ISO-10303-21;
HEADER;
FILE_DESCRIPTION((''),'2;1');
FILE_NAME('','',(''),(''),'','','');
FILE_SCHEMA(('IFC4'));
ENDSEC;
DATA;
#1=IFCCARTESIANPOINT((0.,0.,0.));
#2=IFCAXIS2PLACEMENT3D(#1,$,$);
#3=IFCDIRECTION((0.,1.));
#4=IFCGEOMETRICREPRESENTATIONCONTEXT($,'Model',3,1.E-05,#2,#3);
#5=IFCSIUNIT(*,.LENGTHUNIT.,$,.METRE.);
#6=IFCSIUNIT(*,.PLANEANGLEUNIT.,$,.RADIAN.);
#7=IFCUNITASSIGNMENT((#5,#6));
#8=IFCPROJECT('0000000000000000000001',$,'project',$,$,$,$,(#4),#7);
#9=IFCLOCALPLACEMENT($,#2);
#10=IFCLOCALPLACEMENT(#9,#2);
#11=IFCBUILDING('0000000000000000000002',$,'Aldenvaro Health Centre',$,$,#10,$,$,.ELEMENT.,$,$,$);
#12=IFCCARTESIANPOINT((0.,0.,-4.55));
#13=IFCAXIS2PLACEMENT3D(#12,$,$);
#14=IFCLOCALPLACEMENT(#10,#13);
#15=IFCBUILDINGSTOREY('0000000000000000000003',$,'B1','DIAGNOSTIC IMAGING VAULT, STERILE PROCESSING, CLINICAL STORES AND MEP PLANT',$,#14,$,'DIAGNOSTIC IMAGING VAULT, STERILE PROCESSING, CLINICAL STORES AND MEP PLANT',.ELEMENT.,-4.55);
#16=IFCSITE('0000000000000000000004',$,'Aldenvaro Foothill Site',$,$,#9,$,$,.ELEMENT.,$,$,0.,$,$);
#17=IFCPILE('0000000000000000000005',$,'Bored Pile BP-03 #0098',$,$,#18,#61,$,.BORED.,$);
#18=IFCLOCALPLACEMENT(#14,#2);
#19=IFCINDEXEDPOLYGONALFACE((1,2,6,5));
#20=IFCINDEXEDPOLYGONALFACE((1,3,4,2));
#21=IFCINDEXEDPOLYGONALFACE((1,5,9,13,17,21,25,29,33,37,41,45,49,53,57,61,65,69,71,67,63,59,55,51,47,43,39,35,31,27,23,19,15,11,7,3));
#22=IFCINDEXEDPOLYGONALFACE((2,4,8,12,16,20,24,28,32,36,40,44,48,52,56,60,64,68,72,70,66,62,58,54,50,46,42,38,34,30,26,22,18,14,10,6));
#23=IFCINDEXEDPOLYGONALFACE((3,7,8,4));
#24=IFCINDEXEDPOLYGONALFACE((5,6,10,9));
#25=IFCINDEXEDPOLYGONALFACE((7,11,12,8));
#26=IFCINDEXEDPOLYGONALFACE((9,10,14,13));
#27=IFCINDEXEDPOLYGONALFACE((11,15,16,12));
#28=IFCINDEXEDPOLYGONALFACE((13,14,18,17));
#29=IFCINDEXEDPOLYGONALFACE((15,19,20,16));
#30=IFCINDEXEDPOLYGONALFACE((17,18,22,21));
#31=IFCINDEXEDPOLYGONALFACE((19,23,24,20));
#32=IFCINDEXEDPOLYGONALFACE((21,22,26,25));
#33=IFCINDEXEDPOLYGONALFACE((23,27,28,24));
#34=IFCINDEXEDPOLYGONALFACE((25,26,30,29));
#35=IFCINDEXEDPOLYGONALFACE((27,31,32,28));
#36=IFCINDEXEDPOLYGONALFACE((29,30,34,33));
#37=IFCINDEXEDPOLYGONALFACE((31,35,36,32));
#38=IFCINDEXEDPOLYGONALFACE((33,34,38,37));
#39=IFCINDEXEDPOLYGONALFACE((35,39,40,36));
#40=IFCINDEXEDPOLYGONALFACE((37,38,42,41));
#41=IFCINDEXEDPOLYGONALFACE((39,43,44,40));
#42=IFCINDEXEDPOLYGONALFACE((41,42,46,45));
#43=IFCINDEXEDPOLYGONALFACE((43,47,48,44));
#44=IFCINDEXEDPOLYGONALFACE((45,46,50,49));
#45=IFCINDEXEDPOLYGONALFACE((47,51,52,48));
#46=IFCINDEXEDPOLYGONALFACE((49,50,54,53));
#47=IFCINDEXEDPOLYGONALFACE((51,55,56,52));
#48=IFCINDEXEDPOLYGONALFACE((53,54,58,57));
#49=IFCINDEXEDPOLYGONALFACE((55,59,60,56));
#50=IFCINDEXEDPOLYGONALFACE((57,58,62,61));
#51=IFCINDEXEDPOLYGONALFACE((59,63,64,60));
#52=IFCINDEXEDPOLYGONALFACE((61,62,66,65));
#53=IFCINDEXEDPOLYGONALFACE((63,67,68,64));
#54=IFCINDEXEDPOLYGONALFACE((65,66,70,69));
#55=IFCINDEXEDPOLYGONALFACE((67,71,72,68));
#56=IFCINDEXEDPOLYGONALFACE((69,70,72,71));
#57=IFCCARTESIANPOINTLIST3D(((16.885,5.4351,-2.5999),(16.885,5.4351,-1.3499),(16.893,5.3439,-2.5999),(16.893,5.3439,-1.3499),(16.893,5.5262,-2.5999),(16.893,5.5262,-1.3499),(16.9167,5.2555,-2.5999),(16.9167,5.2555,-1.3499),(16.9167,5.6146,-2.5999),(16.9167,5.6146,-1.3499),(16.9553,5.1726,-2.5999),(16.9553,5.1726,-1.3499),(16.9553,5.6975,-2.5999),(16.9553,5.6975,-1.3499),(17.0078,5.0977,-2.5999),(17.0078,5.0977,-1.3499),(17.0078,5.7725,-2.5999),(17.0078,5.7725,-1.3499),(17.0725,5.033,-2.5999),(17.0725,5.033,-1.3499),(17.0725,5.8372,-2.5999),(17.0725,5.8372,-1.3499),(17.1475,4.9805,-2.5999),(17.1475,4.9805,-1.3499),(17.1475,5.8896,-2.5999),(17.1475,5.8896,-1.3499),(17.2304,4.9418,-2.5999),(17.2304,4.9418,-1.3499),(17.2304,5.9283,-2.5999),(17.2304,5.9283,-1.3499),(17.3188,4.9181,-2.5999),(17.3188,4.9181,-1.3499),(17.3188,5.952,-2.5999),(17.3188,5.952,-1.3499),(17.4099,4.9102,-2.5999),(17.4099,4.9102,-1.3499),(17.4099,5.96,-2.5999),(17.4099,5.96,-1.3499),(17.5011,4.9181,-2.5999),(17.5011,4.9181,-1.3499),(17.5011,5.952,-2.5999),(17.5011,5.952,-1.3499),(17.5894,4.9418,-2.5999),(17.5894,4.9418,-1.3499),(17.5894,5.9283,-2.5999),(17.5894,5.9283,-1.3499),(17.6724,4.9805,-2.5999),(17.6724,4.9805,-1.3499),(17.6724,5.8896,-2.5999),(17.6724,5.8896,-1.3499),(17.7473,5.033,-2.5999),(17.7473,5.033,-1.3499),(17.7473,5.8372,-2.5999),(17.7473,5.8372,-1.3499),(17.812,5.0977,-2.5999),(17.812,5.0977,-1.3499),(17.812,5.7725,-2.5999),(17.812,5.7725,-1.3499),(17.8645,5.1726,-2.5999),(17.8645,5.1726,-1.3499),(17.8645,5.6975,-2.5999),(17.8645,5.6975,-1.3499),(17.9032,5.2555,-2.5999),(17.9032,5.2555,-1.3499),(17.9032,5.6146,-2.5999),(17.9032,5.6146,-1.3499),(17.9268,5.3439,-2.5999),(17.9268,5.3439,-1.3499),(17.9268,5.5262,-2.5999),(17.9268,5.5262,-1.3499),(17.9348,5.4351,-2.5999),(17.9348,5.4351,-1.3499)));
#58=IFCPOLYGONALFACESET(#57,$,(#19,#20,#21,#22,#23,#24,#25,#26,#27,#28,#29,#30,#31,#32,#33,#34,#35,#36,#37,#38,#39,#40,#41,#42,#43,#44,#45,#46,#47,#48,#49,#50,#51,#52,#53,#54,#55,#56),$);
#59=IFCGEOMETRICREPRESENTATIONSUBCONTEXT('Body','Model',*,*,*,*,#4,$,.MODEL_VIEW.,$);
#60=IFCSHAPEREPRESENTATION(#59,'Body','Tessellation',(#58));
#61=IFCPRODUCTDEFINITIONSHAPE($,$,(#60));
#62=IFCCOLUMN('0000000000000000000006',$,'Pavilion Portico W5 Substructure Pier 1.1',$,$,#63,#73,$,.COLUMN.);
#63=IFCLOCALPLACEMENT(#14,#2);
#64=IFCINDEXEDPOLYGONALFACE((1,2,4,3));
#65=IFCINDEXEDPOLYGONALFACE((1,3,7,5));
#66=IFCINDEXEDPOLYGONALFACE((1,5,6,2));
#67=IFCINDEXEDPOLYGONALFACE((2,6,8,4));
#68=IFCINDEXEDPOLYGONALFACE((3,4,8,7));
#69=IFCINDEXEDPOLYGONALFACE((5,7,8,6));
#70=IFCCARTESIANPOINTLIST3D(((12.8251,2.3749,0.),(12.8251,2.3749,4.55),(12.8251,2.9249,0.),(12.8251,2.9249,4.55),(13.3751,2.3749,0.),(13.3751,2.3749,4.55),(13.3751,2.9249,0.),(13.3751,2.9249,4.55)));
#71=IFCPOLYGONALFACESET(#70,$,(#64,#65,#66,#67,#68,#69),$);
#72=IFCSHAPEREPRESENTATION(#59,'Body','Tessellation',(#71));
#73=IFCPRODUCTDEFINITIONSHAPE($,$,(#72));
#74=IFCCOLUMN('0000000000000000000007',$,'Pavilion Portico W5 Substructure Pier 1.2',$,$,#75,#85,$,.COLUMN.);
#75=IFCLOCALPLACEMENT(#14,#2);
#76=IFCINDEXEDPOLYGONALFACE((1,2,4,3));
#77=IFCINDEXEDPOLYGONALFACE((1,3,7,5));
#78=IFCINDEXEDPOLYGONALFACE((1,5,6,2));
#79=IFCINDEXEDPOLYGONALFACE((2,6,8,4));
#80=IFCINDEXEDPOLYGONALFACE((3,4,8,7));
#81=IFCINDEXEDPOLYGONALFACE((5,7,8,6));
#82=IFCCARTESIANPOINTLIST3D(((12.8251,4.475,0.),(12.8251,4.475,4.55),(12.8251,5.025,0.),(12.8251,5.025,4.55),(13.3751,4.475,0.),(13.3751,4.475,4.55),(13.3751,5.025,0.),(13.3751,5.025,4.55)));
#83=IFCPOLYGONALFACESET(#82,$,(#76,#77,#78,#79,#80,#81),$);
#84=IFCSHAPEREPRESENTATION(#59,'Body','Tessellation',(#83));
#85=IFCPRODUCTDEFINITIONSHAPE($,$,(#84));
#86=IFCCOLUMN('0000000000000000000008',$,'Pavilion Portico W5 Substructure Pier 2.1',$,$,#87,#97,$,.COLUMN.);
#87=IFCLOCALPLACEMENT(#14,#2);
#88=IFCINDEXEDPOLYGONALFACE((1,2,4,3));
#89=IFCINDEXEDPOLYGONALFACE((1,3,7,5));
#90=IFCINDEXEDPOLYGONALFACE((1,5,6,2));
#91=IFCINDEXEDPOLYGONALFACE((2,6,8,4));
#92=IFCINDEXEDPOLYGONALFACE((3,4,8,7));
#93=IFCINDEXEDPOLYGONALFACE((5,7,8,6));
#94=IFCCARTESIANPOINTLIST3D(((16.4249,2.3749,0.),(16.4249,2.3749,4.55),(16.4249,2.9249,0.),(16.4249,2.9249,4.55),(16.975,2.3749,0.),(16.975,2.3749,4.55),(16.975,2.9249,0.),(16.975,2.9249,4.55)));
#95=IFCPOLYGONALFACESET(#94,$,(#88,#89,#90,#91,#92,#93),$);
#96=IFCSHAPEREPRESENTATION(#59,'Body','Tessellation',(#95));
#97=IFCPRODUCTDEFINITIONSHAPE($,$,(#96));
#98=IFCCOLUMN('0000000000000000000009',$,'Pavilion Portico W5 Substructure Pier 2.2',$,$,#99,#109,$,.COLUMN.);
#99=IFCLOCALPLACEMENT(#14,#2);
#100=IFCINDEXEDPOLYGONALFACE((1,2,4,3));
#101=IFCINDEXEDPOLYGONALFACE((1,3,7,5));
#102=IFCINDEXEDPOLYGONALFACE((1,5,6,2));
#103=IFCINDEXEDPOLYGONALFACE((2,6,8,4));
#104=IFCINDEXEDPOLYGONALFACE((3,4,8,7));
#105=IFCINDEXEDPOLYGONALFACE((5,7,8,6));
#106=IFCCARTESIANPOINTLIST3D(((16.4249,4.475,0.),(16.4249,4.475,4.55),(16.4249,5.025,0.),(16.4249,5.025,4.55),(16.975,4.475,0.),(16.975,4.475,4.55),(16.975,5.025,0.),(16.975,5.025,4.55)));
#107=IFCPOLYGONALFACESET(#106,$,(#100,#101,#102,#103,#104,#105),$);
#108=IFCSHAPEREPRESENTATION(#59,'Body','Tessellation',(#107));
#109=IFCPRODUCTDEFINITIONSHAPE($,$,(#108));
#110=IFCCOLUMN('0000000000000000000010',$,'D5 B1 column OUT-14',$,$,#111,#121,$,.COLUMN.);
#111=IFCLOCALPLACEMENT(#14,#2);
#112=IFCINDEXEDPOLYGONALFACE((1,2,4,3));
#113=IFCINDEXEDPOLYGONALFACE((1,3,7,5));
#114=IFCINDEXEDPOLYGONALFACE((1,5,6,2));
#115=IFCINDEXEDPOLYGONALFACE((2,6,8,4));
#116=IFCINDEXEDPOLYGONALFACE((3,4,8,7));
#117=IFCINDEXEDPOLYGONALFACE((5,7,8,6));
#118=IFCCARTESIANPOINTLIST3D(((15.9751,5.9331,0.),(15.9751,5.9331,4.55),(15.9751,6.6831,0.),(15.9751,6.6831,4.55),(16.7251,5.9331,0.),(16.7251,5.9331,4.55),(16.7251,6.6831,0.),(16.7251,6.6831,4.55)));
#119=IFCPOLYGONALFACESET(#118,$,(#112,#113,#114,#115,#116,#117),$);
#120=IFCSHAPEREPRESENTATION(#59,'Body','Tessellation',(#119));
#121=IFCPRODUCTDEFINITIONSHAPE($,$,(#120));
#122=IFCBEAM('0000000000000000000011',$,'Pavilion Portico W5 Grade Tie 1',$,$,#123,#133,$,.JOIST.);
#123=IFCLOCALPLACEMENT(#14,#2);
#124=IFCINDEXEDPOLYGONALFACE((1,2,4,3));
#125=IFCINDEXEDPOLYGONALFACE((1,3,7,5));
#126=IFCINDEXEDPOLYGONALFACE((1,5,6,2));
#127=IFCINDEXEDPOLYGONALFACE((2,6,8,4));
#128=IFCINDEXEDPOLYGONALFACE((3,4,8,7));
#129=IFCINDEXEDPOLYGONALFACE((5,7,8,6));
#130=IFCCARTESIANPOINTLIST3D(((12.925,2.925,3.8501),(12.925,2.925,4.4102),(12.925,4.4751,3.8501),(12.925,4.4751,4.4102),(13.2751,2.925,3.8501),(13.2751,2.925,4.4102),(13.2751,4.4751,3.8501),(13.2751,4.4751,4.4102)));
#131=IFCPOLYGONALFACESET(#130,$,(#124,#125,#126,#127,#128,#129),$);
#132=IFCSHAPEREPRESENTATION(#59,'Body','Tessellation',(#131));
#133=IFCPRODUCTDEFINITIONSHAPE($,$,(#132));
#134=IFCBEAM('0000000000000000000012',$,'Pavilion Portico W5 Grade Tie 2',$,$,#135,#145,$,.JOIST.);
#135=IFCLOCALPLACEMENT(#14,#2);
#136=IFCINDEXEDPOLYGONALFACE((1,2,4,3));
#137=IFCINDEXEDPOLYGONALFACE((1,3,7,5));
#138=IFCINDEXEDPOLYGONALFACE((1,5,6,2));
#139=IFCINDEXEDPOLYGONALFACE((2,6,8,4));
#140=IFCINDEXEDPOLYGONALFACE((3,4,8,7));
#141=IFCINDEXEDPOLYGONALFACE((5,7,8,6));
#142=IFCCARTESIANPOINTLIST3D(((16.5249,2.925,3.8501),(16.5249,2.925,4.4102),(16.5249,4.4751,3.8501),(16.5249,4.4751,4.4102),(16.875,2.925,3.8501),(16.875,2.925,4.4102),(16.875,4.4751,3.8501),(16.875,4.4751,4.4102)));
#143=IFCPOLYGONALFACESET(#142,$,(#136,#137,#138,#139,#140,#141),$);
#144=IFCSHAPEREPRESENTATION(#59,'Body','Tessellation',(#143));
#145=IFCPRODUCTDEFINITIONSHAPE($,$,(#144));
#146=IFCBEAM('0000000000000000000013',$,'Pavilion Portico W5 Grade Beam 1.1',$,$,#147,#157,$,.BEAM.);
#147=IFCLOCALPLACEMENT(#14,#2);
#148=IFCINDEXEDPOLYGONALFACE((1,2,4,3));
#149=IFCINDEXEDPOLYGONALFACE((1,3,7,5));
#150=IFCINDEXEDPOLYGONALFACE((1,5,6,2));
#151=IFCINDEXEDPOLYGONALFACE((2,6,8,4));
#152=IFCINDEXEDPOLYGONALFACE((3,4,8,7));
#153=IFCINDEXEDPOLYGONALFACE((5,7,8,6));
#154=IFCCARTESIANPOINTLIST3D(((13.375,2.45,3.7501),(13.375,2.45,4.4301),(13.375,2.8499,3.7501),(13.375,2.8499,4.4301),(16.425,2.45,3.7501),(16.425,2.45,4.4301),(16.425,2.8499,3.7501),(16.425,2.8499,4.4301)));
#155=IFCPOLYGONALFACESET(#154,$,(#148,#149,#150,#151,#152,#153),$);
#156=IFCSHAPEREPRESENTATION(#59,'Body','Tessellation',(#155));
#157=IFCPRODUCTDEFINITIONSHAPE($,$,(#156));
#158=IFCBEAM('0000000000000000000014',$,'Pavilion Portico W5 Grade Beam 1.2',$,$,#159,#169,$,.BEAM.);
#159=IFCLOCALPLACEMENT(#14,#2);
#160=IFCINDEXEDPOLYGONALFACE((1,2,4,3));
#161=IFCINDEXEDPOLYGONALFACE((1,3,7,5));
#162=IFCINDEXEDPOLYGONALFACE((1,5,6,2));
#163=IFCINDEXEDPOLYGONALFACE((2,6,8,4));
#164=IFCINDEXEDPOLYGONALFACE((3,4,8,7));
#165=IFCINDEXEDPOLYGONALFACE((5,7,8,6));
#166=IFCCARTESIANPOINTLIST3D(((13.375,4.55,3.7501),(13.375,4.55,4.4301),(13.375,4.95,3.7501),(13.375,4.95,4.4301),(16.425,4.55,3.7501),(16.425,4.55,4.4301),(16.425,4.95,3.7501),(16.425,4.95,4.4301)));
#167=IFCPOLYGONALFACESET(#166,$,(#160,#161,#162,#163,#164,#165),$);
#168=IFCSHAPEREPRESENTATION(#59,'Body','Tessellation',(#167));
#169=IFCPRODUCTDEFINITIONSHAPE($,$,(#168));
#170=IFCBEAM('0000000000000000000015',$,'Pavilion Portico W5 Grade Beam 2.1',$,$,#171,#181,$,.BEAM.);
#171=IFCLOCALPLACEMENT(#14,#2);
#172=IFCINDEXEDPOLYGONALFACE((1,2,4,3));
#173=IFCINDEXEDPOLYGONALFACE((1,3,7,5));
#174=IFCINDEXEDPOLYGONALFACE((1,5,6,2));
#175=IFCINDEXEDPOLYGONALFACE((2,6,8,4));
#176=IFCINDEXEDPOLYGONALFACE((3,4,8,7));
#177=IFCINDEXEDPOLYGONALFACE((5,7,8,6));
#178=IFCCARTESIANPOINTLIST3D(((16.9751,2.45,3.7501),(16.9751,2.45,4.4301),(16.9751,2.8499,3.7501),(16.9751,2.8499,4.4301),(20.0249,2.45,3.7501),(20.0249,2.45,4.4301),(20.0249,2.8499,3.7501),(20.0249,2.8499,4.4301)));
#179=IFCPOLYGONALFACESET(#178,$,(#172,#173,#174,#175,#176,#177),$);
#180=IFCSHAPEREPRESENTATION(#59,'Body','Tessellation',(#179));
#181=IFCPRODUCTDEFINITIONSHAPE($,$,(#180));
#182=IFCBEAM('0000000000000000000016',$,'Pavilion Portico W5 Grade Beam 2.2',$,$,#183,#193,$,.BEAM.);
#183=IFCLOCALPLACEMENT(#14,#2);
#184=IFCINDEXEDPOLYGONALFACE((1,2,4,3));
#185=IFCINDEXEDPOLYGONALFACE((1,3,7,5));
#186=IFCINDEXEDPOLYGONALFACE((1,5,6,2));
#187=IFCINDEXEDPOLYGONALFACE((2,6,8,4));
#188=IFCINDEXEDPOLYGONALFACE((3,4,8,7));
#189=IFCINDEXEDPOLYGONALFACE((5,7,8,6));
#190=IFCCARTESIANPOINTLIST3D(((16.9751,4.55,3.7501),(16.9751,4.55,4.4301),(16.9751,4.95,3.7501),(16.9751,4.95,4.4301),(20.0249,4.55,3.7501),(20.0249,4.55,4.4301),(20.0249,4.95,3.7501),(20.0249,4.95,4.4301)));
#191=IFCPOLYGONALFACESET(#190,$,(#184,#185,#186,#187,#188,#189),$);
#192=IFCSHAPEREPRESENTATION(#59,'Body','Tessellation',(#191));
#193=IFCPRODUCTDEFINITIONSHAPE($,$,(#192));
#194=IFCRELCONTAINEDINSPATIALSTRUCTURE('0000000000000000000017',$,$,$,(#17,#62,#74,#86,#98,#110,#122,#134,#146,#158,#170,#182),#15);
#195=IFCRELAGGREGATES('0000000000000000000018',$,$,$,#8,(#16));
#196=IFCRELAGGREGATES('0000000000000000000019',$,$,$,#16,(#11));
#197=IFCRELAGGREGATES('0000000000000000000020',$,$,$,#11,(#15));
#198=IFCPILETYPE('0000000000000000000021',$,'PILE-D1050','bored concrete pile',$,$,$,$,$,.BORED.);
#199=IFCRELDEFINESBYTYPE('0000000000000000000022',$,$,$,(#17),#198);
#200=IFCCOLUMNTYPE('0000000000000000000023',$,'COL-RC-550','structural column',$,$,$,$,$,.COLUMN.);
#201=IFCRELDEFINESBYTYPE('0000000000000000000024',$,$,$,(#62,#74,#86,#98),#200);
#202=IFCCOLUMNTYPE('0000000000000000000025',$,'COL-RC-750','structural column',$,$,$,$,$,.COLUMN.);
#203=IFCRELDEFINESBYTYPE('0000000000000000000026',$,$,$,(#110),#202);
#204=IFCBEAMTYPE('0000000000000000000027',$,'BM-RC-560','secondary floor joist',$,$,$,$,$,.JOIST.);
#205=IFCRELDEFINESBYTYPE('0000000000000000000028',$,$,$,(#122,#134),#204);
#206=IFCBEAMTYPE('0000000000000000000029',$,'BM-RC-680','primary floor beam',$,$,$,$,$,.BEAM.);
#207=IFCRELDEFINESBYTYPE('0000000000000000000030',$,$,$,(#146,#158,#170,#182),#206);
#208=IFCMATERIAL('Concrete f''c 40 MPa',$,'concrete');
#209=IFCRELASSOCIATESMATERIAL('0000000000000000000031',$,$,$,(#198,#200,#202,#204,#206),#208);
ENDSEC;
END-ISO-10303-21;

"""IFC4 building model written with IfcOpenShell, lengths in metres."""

from ifc_helpers import new_model, si_unit, direction, frame, origin, origin_2d, place, context, subcontext, project, spatial, rectangle, circle, extrude, material, material_profile, profile_set, type_object, element, save


model = new_model("IFC4")

# Units and contexts
model_context = context("Model", 3, precision=1e-05, world=origin(), true_north=direction((0.0, 1.0)))
body_context = subcontext(model_context, "Body", "Model", "MODEL_VIEW")
ifc_project = project(units=[si_unit("LENGTHUNIT", "METRE"), si_unit("PLANEANGLEUNIT", "RADIAN")], contexts=[model_context])

# Site, building, storey
site_placement = place(None, origin())
site = spatial("IfcSite", under=ifc_project, at=site_placement, Name="Aldenvaro Foothill Site", CompositionType="ELEMENT", RefElevation=0.0)
building_placement = place(site_placement, origin())
building = spatial("IfcBuilding", under=site, at=building_placement, Name="Aldenvaro Health Centre", CompositionType="ELEMENT")
storey_placement = place(building_placement, frame((0.0, 0.0, -4.55)))
storey = spatial("IfcBuildingStorey", under=building, at=storey_placement, Name="B1", Description="DIAGNOSTIC IMAGING VAULT, STERILE PROCESSING, CLINICAL STORES AND MEP PLANT", LongName="DIAGNOSTIC IMAGING VAULT, STERILE PROCESSING, CLINICAL STORES AND MEP PLANT", CompositionType="ELEMENT", Elevation=-4.55)

# Pile
ifc_material_1 = material(Name="Concrete f'c 40 MPa", Category="concrete")
ifc_material_profile_1 = material_profile(ifc_material_1, circle(Radius=0.5249, at=origin_2d()), Name="PILE D1050", Category="concrete")
ifc_profile_set_1 = profile_set([ifc_material_profile_1], Name="Concrete f'c 40 MPa")
pile_type = type_object("IfcPileType", Name="PILE-D1050", Description="bored concrete pile", PredefinedType="BORED", material=ifc_profile_set_1)
for number, where, z_axis, x_axis, name in (
    (1, (17.4099, 5.4351, -1.3499), (0.0, 0.0, -1.0), (1.0, 0.0, 0.0), "Bored Pile BP-03 #0098"),
):
    element("IfcPile", number, at=place(storey_placement, frame(where, z_axis=z_axis, x_axis=x_axis)), inside=storey, type_object=pile_type, Name=name, PredefinedType="BORED", context=body_context, shape_type="SweptSolid", body=[
        extrude(circle(Radius=0.5249, at=origin_2d()), origin(), (0.0, 0.0, 1.0), 1.25),
    ])

# Columns
ifc_material_profile_2 = material_profile(ifc_material_1, rectangle(XDim=0.55, YDim=0.55, at=origin_2d()), Name="RC 550x550", Category="concrete")
ifc_profile_set_2 = profile_set([ifc_material_profile_2], Name="Concrete f'c 40 MPa")
column_type_1 = type_object("IfcColumnType", Name="COL-RC-550", Description="structural column", PredefinedType="COLUMN", material=ifc_profile_set_2)
for number, where, z_axis, x_axis, name in (
    (2, (13.1001, 2.6499, 0.0), (0.0, 0.0, 1.0), (1.0, 0.0, 0.0), "Pavilion Portico W5 Substructure Pier 1.1"),
    (3, (13.1001, 4.75, 0.0), (0.0, 0.0, 1.0), (1.0, 0.0, 0.0), "Pavilion Portico W5 Substructure Pier 1.2"),
    (4, (16.7, 2.6499, 0.0), (0.0, 0.0, 1.0), (1.0, 0.0, 0.0), "Pavilion Portico W5 Substructure Pier 2.1"),
    (5, (16.7, 4.75, 0.0), (0.0, 0.0, 1.0), (1.0, 0.0, 0.0), "Pavilion Portico W5 Substructure Pier 2.2"),
):
    element("IfcColumn", number, at=place(storey_placement, frame(where, z_axis=z_axis, x_axis=x_axis)), inside=storey, type_object=column_type_1, Name=name, PredefinedType="COLUMN", context=body_context, shape_type="SweptSolid", body=[
        extrude(rectangle(XDim=0.55, YDim=0.55, at=origin_2d()), origin(), (0.0, 0.0, 1.0), 4.55),
    ])
ifc_material_profile_3 = material_profile(ifc_material_1, rectangle(XDim=0.75, YDim=0.75, at=origin_2d()), Name="RC 750x750", Category="concrete")
ifc_profile_set_3 = profile_set([ifc_material_profile_3], Name="Concrete f'c 40 MPa")
column_type_2 = type_object("IfcColumnType", Name="COL-RC-750", Description="structural column", PredefinedType="COLUMN", material=ifc_profile_set_3)
column_placement = place(storey_placement, frame((16.3501, 6.3081, 0.0), z_axis=(0.0, 0.0, 1.0), x_axis=(1.0, 0.0, 0.0)))
element("IfcColumn", 6, at=column_placement, inside=storey, type_object=column_type_2, Name="D5 B1 column OUT-14", PredefinedType="COLUMN", context=body_context, shape_type="SweptSolid", body=[
    extrude(rectangle(XDim=0.75, YDim=0.75, at=origin_2d()), origin(), (0.0, 0.0, 1.0), 4.55),
])

# Beams
ifc_material_profile_4 = material_profile(ifc_material_1, rectangle(XDim=0.3501, YDim=0.5601, at=origin_2d()), Name="RC 350x560", Category="concrete")
ifc_profile_set_4 = profile_set([ifc_material_profile_4], Name="Concrete f'c 40 MPa")
beam_type_1 = type_object("IfcBeamType", Name="BM-RC-560", Description="secondary floor joist", PredefinedType="JOIST", material=ifc_profile_set_4)
for number, where, z_axis, x_axis, name in (
    (7, (13.1001, 2.925, 4.1301), (0.0, 1.0, 0.0), (-1.0, 0.0, 0.0), "Pavilion Portico W5 Grade Tie 1"),
    (8, (16.7, 2.925, 4.1301), (0.0, 1.0, 0.0), (-1.0, 0.0, 0.0), "Pavilion Portico W5 Grade Tie 2"),
):
    element("IfcBeam", number, at=place(storey_placement, frame(where, z_axis=z_axis, x_axis=x_axis)), inside=storey, type_object=beam_type_1, Name=name, PredefinedType="JOIST", context=body_context, shape_type="SweptSolid", body=[
        extrude(rectangle(XDim=0.3501, YDim=0.5601, at=origin_2d()), origin(), (0.0, 0.0, 1.0), 1.55),
    ])
ifc_material_profile_5 = material_profile(ifc_material_1, rectangle(XDim=0.3999, YDim=0.6799, at=origin_2d()), Name="RC 400x680", Category="concrete")
ifc_profile_set_5 = profile_set([ifc_material_profile_5], Name="Concrete f'c 40 MPa")
beam_type_2 = type_object("IfcBeamType", Name="BM-RC-680", Description="primary floor beam", PredefinedType="BEAM", material=ifc_profile_set_5)
for number, where, z_axis, x_axis, name in (
    (9, (13.375, 2.6499, 4.0901), (1.0, 0.0, 0.0), (0.0, 1.0, 0.0), "Pavilion Portico W5 Grade Beam 1.1"),
    (10, (13.375, 4.75, 4.0901), (1.0, 0.0, 0.0), (0.0, 1.0, 0.0), "Pavilion Portico W5 Grade Beam 1.2"),
):
    element("IfcBeam", number, at=place(storey_placement, frame(where, z_axis=z_axis, x_axis=x_axis)), inside=storey, type_object=beam_type_2, Name=name, PredefinedType="BEAM", context=body_context, shape_type="SweptSolid", body=[
        extrude(rectangle(XDim=0.3999, YDim=0.6799, at=origin_2d()), origin(), (0.0, 0.0, 1.0), 3.05),
    ])
for number, where, z_axis, x_axis, name in (
    (11, (16.9751, 2.6499, 4.0901), (1.0, 0.0, 0.0), (0.0, 1.0, 0.0), "Pavilion Portico W5 Grade Beam 2.1"),
    (12, (16.9751, 4.75, 4.0901), (1.0, 0.0, 0.0), (0.0, 1.0, 0.0), "Pavilion Portico W5 Grade Beam 2.2"),
):
    element("IfcBeam", number, at=place(storey_placement, frame(where, z_axis=z_axis, x_axis=x_axis)), inside=storey, type_object=beam_type_2, Name=name, PredefinedType="BEAM", context=body_context, shape_type="SweptSolid", body=[
        extrude(rectangle(XDim=0.3999, YDim=0.6799, at=origin_2d()), origin(), (0.0, 0.0, 1.0), 3.0498),
    ])

save(model, "model.ifc")
